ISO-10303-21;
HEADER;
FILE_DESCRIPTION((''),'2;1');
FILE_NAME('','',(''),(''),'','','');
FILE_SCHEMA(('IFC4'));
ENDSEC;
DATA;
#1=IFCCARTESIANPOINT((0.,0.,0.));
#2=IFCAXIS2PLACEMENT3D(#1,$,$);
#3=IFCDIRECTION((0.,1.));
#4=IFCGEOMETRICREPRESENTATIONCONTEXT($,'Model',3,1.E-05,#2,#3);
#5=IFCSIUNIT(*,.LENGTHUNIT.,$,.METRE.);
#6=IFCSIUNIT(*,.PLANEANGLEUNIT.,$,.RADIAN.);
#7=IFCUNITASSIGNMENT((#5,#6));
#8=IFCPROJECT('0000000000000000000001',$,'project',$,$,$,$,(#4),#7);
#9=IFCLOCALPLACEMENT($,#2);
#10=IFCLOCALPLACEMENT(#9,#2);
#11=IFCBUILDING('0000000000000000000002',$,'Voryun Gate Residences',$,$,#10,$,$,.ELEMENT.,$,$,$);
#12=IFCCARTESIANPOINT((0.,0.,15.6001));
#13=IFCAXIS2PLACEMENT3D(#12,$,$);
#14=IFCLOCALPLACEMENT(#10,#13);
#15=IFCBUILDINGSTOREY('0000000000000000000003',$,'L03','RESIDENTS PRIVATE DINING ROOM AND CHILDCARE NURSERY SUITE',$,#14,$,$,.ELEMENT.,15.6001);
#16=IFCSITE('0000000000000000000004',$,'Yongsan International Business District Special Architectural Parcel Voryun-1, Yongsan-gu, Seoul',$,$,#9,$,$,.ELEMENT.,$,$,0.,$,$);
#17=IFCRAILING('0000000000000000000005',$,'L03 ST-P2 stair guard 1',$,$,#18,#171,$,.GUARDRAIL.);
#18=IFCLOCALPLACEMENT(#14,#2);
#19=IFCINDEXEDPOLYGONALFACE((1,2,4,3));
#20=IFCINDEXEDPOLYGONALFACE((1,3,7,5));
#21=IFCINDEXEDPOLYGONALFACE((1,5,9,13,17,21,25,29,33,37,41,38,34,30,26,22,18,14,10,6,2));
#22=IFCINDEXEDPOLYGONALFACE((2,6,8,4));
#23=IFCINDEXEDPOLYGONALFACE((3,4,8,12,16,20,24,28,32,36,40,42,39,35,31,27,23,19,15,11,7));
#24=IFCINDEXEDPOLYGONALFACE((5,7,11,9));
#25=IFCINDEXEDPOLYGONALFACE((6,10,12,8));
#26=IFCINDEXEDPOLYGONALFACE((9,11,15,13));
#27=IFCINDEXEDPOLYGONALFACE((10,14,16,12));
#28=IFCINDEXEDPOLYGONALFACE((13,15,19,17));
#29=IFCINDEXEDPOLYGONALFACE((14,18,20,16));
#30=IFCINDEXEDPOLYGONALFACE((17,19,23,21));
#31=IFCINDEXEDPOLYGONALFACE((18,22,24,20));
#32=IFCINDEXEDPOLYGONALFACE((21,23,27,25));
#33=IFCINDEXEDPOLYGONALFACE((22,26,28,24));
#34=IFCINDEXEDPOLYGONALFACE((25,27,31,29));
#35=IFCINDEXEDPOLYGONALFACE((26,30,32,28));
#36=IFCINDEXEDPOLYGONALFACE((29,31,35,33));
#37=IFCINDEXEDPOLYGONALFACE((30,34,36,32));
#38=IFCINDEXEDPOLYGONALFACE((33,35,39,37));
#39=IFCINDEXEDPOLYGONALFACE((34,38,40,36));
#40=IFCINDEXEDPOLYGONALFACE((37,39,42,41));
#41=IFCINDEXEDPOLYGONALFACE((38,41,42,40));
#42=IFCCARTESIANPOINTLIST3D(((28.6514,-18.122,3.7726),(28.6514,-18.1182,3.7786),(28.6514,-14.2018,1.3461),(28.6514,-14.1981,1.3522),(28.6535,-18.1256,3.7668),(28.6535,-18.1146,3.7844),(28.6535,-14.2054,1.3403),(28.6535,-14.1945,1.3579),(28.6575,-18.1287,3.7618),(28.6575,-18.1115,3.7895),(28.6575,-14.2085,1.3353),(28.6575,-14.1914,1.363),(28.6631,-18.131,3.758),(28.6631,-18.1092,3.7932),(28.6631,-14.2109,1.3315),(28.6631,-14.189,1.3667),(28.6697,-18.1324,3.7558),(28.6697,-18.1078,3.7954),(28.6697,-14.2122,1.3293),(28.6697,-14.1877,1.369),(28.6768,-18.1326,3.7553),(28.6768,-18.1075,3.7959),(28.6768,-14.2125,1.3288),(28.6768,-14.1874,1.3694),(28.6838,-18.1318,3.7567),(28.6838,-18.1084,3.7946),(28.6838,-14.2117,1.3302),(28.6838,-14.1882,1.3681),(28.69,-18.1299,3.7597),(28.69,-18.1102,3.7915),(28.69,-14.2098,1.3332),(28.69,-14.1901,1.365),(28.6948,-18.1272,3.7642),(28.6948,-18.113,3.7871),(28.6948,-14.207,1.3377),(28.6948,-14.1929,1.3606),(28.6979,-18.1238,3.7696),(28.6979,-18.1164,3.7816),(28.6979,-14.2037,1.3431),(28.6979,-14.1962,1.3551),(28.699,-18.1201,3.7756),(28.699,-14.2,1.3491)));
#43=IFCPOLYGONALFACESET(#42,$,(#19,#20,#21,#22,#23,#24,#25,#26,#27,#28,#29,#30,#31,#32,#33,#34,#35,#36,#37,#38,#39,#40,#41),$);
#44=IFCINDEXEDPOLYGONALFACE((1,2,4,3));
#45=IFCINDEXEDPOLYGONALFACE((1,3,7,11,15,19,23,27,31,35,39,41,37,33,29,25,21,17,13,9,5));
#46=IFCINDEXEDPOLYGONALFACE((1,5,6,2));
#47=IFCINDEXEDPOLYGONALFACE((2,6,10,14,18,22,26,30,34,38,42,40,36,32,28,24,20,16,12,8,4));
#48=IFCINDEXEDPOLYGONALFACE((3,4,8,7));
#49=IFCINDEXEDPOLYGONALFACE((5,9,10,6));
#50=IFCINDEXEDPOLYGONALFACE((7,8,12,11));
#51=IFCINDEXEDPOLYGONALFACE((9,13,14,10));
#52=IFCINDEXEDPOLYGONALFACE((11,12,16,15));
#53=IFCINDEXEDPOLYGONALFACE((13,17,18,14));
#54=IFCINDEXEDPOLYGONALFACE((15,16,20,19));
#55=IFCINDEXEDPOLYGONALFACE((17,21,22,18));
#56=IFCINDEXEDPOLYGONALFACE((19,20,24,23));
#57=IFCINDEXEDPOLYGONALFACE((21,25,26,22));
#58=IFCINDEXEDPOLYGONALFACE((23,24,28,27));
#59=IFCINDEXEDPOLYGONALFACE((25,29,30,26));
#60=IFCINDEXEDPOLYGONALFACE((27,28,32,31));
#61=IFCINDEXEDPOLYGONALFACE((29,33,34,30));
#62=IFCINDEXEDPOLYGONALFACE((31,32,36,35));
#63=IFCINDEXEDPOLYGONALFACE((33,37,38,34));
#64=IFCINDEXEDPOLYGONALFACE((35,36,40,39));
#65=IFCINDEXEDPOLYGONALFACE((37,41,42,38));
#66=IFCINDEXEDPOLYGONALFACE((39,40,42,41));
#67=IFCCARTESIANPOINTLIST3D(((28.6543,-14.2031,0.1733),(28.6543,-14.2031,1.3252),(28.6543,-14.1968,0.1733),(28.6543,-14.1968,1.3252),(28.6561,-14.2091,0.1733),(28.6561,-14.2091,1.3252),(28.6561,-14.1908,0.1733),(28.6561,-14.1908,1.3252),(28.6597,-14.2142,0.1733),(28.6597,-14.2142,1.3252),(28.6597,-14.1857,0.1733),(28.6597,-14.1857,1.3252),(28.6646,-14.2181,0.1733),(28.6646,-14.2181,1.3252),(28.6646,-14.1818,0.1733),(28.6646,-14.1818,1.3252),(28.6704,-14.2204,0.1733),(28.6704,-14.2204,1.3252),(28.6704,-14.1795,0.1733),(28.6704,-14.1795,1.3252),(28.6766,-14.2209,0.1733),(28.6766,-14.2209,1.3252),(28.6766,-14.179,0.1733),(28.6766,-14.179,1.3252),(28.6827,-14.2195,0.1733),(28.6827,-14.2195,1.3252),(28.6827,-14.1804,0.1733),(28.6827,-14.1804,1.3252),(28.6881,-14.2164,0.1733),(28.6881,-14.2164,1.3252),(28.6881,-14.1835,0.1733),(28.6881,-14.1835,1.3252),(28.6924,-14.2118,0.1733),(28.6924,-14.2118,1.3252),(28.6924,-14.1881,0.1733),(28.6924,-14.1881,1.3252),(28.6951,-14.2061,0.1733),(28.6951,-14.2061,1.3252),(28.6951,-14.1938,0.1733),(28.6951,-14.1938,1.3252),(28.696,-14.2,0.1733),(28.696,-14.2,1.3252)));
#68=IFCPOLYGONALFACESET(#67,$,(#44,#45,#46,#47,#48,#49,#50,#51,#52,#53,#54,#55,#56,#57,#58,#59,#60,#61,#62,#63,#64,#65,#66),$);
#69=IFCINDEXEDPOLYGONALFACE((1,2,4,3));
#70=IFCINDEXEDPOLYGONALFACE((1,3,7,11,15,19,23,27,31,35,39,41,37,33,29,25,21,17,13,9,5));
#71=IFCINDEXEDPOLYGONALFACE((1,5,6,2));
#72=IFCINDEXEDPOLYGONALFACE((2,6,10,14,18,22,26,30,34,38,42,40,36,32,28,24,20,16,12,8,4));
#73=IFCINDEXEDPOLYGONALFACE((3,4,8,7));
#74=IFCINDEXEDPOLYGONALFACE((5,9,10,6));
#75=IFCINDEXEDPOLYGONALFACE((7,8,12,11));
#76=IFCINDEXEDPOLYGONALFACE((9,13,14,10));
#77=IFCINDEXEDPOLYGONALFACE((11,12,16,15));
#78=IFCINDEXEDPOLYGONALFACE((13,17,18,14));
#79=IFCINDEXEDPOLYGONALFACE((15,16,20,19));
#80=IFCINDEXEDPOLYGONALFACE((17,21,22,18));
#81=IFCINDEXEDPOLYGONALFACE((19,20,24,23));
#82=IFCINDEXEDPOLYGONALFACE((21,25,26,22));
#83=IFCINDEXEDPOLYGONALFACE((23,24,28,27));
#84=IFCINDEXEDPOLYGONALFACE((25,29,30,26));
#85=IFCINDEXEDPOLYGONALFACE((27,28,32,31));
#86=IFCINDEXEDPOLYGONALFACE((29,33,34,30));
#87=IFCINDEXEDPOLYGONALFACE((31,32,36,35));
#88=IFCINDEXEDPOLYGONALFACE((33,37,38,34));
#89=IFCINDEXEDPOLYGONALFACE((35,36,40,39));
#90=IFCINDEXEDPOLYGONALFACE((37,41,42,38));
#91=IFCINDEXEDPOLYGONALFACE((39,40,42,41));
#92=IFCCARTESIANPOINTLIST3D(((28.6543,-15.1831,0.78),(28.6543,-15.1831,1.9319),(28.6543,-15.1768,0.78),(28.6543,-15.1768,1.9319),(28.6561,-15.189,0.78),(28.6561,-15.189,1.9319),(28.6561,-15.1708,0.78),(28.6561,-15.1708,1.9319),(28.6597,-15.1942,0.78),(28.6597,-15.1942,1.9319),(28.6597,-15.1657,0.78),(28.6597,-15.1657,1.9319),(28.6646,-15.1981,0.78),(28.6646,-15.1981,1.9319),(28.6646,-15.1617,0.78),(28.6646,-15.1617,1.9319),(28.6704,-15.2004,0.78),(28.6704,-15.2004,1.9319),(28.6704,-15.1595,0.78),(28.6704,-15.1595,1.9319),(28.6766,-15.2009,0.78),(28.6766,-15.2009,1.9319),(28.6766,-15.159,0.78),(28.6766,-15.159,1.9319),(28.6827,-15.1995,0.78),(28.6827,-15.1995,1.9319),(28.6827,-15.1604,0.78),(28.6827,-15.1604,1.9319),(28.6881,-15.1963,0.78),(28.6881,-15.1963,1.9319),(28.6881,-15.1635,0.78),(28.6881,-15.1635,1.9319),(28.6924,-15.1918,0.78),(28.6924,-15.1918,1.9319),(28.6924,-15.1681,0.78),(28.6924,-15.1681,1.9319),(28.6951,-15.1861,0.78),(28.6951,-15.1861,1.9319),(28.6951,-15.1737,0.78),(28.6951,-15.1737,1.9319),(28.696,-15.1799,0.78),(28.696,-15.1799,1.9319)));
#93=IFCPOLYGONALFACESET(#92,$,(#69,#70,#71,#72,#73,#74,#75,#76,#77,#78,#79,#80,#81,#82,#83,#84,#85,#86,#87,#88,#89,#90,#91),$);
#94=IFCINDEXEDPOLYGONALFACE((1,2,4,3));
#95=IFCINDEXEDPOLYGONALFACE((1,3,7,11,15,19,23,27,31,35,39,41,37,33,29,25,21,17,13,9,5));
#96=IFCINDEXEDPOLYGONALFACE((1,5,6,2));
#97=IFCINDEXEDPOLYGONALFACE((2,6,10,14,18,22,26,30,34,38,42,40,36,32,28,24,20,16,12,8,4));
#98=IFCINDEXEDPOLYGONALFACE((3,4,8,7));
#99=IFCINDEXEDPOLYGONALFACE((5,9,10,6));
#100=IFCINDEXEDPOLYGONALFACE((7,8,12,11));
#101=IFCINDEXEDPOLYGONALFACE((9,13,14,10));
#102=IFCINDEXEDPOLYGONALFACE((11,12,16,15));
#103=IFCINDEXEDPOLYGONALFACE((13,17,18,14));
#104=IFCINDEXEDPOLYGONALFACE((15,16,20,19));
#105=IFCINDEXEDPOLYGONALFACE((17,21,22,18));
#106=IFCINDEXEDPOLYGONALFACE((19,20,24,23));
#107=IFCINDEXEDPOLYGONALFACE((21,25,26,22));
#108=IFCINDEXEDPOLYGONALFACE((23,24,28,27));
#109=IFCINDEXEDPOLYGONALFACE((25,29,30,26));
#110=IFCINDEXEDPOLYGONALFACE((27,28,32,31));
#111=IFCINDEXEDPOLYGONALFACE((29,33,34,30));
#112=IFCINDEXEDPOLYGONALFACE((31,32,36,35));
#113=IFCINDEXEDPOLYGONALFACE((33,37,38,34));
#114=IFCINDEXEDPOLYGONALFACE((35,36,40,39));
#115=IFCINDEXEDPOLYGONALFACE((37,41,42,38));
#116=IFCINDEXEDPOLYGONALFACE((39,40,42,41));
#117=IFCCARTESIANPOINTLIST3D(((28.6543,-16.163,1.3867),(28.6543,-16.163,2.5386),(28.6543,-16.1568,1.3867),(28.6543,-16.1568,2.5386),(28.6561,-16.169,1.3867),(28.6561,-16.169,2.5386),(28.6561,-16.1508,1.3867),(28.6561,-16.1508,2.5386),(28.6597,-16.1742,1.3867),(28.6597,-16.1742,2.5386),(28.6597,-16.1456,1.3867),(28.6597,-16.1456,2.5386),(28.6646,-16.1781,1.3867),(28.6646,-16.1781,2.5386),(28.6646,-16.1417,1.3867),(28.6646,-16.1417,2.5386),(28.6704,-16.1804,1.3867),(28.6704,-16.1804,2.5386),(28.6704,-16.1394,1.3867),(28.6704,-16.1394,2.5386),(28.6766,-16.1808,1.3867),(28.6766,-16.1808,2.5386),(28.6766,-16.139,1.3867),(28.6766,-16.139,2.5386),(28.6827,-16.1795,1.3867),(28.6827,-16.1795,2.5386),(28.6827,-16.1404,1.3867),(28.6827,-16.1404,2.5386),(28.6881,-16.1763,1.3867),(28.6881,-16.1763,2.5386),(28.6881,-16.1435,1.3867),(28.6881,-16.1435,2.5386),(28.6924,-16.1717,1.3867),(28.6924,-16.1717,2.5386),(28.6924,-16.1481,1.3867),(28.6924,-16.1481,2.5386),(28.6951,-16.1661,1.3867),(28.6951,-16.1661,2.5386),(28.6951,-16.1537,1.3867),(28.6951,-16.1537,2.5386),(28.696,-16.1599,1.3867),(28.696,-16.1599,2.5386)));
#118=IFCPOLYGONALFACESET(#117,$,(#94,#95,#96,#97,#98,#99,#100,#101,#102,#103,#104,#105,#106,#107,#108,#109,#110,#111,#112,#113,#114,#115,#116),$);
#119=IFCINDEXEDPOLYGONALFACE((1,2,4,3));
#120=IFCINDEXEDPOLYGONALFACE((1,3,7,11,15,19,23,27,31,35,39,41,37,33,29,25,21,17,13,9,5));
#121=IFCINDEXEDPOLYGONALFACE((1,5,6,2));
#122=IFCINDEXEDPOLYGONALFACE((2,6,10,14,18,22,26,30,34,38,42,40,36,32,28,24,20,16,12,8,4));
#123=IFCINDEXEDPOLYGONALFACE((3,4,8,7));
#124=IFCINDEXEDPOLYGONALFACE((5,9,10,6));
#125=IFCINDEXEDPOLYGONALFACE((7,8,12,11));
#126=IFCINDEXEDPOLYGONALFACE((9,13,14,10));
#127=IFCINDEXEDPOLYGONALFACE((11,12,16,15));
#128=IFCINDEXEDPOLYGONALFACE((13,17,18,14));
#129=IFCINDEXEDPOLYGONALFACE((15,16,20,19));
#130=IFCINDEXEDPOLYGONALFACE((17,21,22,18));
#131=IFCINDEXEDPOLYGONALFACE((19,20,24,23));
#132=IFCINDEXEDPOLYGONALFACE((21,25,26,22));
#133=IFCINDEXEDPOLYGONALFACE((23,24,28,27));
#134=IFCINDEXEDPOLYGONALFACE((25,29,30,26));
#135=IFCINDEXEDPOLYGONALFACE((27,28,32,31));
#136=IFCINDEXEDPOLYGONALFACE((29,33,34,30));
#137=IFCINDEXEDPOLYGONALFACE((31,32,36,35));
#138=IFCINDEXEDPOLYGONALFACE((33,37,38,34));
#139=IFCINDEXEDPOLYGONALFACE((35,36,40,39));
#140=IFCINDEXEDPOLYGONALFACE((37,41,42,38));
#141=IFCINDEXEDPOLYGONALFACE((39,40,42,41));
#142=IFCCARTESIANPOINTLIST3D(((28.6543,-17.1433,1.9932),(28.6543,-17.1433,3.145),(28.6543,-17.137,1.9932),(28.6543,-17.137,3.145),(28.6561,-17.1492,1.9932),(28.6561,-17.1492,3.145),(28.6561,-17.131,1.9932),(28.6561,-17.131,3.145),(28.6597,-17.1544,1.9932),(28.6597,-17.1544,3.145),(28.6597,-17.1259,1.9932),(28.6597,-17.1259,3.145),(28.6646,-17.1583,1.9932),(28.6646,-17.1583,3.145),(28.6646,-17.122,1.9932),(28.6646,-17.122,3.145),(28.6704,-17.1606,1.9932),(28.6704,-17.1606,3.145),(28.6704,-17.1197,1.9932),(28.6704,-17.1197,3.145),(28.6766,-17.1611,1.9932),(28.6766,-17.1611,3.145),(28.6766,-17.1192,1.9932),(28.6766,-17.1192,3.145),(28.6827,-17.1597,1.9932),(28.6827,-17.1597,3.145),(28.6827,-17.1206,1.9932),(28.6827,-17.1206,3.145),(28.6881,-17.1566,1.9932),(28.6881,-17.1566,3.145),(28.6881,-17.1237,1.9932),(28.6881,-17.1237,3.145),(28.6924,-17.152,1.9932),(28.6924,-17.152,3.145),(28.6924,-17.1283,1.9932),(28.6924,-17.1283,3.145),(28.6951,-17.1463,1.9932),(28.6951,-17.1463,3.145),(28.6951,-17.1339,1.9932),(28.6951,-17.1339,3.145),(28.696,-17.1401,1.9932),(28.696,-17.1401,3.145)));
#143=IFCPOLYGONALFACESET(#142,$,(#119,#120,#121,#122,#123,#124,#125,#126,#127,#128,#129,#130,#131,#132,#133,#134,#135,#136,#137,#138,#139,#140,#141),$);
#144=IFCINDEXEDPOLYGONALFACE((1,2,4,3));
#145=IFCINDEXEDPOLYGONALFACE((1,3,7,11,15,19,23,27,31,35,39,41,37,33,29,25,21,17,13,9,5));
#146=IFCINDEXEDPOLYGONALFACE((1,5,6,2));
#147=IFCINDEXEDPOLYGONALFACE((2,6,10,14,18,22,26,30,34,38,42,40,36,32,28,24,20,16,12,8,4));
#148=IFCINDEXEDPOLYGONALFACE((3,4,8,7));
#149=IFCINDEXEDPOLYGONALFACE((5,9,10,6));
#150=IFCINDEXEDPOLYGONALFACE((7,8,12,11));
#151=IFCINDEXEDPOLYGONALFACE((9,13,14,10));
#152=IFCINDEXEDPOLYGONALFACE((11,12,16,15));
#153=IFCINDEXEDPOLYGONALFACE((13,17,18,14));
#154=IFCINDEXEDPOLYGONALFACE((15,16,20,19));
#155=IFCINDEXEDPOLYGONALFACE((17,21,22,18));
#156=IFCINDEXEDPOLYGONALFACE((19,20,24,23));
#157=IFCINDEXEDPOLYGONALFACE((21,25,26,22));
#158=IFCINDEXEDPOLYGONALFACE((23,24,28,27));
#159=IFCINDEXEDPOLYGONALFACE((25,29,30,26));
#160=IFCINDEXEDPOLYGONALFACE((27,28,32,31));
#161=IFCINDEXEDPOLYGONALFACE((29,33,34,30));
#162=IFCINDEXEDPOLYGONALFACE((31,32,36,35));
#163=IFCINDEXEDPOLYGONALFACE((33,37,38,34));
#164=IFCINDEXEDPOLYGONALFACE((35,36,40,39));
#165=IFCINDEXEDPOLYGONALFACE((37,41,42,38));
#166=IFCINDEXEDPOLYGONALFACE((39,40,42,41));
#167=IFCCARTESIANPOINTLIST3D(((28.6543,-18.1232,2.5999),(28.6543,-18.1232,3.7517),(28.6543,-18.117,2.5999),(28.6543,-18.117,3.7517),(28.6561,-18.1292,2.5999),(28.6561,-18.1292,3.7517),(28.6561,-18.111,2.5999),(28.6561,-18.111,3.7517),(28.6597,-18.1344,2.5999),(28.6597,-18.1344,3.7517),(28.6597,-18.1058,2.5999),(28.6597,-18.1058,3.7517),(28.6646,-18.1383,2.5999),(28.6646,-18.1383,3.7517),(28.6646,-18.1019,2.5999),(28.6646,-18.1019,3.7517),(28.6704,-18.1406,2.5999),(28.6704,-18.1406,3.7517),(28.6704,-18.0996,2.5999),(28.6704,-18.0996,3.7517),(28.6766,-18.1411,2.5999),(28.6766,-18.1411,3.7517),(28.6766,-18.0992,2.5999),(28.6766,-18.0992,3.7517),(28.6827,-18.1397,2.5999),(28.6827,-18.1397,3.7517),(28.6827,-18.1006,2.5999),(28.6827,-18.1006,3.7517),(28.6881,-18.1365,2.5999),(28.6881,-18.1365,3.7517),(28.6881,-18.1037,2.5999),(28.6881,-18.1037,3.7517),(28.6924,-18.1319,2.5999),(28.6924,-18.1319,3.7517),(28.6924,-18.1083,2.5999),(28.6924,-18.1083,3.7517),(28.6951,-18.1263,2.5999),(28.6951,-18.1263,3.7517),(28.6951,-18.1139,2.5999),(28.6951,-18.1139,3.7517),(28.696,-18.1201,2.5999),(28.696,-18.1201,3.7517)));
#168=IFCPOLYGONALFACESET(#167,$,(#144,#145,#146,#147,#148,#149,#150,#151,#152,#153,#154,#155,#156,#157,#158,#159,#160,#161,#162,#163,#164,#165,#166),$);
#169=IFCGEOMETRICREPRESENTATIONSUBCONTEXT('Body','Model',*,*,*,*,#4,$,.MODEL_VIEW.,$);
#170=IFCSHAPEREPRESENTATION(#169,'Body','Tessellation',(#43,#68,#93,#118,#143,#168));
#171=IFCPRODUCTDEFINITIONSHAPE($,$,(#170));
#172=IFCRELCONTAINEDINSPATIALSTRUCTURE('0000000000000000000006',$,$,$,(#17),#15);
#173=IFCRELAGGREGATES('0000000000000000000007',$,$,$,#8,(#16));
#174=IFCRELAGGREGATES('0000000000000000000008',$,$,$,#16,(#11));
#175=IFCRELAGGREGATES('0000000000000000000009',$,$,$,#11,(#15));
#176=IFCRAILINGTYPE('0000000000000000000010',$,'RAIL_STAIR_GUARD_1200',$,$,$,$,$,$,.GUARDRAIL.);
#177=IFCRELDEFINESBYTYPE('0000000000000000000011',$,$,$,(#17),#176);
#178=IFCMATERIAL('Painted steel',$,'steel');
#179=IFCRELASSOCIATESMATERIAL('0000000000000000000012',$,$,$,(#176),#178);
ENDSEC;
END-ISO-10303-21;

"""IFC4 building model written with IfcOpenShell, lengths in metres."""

from ifc_helpers import new_model, si_unit, direction, frame, origin, origin_2d, place, context, subcontext, project, spatial, circle, extrude, material, type_object, element, save


model = new_model("IFC4")

# Units and contexts
model_context = context("Model", 3, precision=1e-05, world=origin(), true_north=direction((0.0, 1.0)))
body_context = subcontext(model_context, "Body", "Model", "MODEL_VIEW")
ifc_project = project(units=[si_unit("LENGTHUNIT", "METRE"), si_unit("PLANEANGLEUNIT", "RADIAN")], contexts=[model_context])

# Site, building, storey
site_placement = place(None, origin())
site = spatial("IfcSite", under=ifc_project, at=site_placement, Name="Yongsan International Business District Special Architectural Parcel Voryun-1, Yongsan-gu, Seoul", CompositionType="ELEMENT", RefElevation=0.0)
building_placement = place(site_placement, origin())
building = spatial("IfcBuilding", under=site, at=building_placement, Name="Voryun Gate Residences", CompositionType="ELEMENT")
storey_placement = place(building_placement, frame((0.0, 0.0, 15.6001)))
storey = spatial("IfcBuildingStorey", under=building, at=storey_placement, Name="L03", Description="RESIDENTS PRIVATE DINING ROOM AND CHILDCARE NURSERY SUITE", CompositionType="ELEMENT", Elevation=15.6001)

# Railing
ifc_material_1 = material(Name="Painted steel", Category="steel")
railing_type_1 = type_object("IfcRailingType", Name="RAIL_STAIR_GUARD_1200", PredefinedType="GUARDRAIL", material=ifc_material_1)
railing_1_placement = place(storey_placement, frame((28.675, -14.2, 0.1733)))
element("IfcRailing", 1, at=railing_1_placement, inside=storey, type_object=railing_type_1, Name="L03 ST-P2 stair guard 1", PredefinedType="GUARDRAIL", context=body_context, shape_type="SweptSolid", body=[
    extrude(circle(Radius=0.0239, at=origin_2d()), frame((0.0, 0.0, 1.1758), z_axis=(0.0, -0.85029, 0.526315), x_axis=(1.0, 0.0, 0.0)), (0.0, 0.0, 1.0), 4.6104),
    extrude(circle(Radius=0.021, at=origin_2d()), origin(), (0.0, 0.0, 1.0), 1.1519),
    extrude(circle(Radius=0.021, at=origin_2d()), frame((0.0, -0.98, 0.6067)), (0.0, 0.0, 1.0), 1.1519),
    extrude(circle(Radius=0.021, at=origin_2d()), frame((0.0, -1.96, 1.2134)), (0.0, 0.0, 1.0), 1.1519),
    extrude(circle(Radius=0.021, at=origin_2d()), frame((0.0, -2.9402, 1.8198)), (0.0, 0.0, 1.0), 1.1519),
    extrude(circle(Radius=0.021, at=origin_2d()), frame((0.0, -3.9202, 2.4265)), (0.0, 0.0, 1.0), 1.1519),
])

save(model, "model.ifc")
